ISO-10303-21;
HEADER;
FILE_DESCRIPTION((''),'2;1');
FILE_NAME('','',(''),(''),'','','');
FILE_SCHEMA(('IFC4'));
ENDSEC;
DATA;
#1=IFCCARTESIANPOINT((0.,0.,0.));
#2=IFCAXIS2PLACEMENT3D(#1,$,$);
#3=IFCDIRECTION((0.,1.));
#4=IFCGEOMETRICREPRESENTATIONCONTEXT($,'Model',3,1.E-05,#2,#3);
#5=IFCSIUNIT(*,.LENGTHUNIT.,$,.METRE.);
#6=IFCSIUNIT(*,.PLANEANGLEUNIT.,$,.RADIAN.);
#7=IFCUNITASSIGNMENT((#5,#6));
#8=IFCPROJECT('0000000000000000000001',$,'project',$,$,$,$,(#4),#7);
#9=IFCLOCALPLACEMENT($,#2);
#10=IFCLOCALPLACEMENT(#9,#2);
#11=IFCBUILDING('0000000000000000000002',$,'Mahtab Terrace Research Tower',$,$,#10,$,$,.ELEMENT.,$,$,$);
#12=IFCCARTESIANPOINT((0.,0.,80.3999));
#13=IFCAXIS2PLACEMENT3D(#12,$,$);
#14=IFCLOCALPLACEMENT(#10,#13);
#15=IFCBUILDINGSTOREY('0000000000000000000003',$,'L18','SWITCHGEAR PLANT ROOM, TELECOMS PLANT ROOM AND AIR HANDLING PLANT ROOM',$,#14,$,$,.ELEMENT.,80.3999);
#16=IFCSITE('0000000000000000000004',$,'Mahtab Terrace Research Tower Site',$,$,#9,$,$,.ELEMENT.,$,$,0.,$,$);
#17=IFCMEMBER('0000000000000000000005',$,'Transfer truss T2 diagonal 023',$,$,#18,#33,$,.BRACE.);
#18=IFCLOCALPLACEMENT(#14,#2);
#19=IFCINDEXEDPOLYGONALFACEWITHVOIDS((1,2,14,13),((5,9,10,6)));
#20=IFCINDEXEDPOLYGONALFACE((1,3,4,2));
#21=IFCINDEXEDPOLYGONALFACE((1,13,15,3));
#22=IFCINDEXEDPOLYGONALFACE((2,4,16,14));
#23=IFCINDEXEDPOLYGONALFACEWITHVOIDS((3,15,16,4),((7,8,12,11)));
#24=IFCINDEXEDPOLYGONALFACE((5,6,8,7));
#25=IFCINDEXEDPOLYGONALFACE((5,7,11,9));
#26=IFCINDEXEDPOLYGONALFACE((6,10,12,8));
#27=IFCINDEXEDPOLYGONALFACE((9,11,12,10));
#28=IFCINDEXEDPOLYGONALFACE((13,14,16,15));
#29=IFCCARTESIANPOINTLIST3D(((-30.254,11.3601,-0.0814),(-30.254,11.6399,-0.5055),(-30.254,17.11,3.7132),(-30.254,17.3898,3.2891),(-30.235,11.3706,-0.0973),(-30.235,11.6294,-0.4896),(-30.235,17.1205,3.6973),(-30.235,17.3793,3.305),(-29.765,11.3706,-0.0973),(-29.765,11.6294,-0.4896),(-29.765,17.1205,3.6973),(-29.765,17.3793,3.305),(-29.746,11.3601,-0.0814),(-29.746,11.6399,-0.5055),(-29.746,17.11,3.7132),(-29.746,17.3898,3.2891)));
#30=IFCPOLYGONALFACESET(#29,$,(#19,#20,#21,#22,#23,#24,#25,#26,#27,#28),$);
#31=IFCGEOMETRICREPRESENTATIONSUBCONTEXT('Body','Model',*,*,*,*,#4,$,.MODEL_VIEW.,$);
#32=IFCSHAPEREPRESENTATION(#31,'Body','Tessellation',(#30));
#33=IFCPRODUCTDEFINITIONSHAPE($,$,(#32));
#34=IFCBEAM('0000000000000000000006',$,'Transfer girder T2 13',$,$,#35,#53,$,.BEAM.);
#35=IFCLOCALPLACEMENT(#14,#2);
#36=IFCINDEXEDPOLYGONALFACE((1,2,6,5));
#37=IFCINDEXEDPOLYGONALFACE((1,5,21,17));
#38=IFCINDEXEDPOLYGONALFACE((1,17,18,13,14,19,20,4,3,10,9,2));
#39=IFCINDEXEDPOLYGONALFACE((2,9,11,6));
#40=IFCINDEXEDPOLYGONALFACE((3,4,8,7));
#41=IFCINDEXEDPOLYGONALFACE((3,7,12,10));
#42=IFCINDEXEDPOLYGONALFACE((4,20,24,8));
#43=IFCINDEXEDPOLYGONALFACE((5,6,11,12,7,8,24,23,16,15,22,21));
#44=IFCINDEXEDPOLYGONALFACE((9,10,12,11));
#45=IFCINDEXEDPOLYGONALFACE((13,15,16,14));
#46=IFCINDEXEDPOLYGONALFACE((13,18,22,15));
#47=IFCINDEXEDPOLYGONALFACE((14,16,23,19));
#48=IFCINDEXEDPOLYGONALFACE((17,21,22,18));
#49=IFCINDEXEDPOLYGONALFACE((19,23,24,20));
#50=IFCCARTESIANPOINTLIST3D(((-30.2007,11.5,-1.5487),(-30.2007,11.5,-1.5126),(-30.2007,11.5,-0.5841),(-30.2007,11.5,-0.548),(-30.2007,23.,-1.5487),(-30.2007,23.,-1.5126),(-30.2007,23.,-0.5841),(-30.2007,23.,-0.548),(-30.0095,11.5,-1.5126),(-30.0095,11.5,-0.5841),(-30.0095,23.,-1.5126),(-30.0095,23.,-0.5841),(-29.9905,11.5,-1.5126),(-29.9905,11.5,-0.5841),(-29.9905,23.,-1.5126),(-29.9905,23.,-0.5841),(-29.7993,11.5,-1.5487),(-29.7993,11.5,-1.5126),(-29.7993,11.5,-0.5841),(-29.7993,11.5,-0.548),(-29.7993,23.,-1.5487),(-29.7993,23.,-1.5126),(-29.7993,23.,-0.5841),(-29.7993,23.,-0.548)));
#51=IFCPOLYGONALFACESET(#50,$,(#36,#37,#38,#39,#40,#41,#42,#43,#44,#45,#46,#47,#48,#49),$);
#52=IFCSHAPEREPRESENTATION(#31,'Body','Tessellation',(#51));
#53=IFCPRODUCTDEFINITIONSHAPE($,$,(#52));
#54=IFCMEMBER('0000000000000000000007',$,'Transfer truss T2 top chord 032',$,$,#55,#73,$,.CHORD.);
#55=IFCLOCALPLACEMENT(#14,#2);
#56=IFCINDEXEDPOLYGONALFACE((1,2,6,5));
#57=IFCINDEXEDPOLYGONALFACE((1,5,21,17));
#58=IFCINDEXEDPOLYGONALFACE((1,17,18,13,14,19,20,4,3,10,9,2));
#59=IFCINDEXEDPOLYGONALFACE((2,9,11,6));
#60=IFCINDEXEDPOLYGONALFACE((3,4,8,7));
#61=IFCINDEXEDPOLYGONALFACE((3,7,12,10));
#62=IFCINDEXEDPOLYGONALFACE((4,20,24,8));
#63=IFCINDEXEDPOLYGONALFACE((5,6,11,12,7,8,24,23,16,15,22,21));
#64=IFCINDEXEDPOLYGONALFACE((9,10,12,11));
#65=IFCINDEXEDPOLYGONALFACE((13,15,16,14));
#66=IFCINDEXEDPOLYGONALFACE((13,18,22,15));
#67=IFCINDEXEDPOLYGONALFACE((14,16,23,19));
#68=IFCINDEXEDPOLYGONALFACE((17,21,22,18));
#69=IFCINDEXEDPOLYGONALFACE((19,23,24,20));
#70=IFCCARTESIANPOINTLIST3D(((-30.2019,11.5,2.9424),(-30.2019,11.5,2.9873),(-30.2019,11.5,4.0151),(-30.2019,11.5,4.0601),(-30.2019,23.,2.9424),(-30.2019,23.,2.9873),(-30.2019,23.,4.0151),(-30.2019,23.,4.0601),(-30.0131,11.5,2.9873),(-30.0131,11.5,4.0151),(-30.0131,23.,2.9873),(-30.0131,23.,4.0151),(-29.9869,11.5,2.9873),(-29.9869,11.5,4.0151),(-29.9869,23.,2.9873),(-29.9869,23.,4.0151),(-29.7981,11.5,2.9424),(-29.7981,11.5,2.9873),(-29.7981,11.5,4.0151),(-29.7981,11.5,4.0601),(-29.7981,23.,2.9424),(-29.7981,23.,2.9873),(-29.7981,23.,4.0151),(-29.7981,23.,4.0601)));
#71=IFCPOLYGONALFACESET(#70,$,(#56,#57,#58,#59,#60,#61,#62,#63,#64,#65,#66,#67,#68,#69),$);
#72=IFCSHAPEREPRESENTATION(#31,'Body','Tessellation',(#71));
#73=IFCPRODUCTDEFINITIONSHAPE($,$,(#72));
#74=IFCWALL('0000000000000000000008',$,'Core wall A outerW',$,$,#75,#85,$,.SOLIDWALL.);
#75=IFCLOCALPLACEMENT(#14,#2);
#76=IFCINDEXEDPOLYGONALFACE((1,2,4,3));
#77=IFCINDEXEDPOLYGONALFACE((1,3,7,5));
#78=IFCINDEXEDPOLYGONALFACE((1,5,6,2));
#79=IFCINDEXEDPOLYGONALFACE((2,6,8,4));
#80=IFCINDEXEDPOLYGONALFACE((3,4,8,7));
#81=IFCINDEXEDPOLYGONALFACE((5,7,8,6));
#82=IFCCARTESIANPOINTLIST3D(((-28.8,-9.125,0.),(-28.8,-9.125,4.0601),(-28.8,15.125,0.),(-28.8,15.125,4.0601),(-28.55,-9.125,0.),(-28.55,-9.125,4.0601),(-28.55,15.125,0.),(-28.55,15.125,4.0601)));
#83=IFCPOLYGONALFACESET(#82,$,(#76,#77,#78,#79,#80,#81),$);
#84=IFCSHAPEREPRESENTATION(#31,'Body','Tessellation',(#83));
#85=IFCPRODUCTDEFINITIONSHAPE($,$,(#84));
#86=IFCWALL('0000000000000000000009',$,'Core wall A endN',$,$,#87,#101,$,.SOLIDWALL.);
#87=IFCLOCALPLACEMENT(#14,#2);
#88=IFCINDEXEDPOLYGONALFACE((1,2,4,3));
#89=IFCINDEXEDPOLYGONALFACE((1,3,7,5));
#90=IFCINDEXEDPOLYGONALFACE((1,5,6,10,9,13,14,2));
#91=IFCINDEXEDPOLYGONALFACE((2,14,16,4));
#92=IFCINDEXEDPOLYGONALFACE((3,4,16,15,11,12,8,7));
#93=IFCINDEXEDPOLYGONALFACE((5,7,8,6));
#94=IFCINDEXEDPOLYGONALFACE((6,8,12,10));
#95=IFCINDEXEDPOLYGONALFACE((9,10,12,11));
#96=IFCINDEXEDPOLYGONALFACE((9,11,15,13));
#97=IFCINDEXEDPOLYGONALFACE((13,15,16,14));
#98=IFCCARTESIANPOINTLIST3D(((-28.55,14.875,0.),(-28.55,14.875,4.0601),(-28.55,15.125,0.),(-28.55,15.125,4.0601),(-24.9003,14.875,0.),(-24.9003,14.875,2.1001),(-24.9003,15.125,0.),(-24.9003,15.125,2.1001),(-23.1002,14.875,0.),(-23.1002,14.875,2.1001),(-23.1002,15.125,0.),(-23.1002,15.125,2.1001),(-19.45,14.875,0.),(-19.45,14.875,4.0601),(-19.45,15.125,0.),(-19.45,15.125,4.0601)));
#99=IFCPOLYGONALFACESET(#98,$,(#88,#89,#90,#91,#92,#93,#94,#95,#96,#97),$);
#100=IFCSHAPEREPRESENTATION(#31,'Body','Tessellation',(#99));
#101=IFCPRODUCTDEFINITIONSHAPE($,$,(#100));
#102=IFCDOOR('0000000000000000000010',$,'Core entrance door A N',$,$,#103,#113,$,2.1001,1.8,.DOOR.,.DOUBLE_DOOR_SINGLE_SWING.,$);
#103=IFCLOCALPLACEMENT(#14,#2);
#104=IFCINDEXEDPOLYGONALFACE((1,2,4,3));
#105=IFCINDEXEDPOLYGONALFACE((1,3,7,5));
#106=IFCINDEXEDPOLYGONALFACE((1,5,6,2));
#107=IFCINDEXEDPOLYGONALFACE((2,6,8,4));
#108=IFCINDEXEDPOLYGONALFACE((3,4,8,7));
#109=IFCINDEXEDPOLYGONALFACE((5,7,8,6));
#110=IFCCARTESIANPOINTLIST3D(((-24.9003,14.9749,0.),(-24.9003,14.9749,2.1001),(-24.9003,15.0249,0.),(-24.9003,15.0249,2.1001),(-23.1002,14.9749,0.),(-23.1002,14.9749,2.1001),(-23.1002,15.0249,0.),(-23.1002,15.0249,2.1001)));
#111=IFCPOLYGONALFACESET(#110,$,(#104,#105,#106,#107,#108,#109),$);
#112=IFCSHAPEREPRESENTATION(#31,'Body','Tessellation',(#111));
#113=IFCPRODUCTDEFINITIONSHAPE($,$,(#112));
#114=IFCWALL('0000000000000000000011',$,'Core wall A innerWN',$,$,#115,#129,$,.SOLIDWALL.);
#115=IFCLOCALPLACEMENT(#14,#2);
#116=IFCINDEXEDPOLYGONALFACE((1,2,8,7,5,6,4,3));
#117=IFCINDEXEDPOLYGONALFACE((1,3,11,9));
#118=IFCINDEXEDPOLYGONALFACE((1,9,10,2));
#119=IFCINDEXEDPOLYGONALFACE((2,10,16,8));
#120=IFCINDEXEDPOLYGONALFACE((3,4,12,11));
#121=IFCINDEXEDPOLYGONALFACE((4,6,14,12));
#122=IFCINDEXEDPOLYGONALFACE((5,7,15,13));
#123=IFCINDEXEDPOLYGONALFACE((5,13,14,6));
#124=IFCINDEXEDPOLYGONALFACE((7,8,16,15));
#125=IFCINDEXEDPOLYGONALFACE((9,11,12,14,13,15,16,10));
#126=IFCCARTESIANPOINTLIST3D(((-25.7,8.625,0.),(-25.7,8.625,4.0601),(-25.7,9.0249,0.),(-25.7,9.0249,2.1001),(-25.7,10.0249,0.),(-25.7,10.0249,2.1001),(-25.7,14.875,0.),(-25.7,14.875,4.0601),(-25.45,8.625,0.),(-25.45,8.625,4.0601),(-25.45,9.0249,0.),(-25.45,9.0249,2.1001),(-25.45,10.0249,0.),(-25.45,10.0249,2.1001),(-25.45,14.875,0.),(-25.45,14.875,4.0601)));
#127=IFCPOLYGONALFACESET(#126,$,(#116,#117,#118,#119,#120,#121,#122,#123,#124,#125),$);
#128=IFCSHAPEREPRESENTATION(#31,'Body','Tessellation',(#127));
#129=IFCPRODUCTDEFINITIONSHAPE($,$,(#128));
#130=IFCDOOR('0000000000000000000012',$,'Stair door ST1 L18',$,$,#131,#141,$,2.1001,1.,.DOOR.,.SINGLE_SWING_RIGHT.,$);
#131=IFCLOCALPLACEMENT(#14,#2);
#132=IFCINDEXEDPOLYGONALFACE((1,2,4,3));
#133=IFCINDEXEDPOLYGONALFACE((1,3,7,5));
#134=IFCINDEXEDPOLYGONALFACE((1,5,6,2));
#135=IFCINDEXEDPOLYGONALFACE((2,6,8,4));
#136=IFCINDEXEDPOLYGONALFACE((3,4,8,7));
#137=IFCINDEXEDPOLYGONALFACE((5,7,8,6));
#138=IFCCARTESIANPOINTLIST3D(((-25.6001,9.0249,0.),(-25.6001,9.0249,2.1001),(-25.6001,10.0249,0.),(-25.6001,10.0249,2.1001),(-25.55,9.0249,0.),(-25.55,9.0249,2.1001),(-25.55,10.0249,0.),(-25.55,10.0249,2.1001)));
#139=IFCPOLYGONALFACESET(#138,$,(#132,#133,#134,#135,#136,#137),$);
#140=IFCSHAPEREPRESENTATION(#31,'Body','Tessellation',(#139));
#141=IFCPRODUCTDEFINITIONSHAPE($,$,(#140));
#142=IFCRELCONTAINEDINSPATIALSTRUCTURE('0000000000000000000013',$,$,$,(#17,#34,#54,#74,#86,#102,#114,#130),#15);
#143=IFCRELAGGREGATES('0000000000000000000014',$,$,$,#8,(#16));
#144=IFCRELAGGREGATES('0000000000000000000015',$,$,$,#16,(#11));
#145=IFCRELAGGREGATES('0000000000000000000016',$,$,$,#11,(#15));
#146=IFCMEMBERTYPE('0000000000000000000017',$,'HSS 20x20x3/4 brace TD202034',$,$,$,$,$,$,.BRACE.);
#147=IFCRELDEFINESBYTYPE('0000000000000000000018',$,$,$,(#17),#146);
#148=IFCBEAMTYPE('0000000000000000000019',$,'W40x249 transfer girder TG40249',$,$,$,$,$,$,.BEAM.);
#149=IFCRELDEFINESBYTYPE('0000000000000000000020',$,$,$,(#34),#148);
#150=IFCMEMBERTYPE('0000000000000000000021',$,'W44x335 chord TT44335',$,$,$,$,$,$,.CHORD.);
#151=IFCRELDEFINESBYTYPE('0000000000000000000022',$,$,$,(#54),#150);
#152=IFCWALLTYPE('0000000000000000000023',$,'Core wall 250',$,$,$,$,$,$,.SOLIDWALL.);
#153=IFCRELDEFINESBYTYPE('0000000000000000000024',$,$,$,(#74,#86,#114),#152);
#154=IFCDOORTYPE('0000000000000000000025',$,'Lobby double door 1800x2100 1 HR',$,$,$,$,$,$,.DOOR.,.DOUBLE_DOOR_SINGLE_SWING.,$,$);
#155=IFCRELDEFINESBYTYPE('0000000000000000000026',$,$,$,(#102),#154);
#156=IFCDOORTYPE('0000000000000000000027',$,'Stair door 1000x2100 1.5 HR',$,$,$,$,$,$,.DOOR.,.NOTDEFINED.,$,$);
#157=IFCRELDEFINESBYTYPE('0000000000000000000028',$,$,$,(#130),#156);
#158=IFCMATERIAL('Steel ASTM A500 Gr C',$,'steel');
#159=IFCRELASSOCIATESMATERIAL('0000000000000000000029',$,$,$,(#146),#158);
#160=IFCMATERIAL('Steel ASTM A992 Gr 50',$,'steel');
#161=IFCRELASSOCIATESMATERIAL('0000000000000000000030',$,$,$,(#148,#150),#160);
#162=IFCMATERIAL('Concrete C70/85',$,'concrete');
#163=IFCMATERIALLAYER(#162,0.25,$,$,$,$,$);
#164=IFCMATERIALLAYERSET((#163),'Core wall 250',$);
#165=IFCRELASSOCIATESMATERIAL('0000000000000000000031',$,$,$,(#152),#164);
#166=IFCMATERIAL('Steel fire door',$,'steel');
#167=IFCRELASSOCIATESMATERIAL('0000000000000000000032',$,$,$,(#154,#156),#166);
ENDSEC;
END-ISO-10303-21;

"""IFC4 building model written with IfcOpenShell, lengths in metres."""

from ifc_helpers import new_model, si_unit, direction, frame, frame_2d, origin, origin_2d, place, context, subcontext, project, spatial, rectangle, hollow_rectangle, i_section, extrude, material, layer, layer_set, material_profile, profile_set, type_object, element, fill, save


model = new_model("IFC4")

# Units and contexts
model_context = context("Model", 3, precision=1e-05, world=origin(), true_north=direction((0.0, 1.0)))
body_context = subcontext(model_context, "Body", "Model", "MODEL_VIEW")
ifc_project = project(units=[si_unit("LENGTHUNIT", "METRE"), si_unit("PLANEANGLEUNIT", "RADIAN")], contexts=[model_context])

# Site, building, storey
site_placement = place(None, origin())
site = spatial("IfcSite", under=ifc_project, at=site_placement, Name="Mahtab Terrace Research Tower Site", CompositionType="ELEMENT", RefElevation=0.0)
building_placement = place(site_placement, origin())
building = spatial("IfcBuilding", under=site, at=building_placement, Name="Mahtab Terrace Research Tower", CompositionType="ELEMENT")
storey_placement = place(building_placement, frame((0.0, 0.0, 80.3999)))
storey = spatial("IfcBuildingStorey", under=building, at=storey_placement, Name="L18", Description="SWITCHGEAR PLANT ROOM, TELECOMS PLANT ROOM AND AIR HANDLING PLANT ROOM", CompositionType="ELEMENT", Elevation=80.3999)

# Member
ifc_material_1 = material(Name="Steel ASTM A500 Gr C", Category="steel")
ifc_material_profile_1 = material_profile(ifc_material_1, hollow_rectangle(XDim=0.5081, YDim=0.5081, WallThickness=0.019, at=origin_2d()), Name="HSS20X20X3/4")
ifc_profile_set_1 = profile_set([ifc_material_profile_1], Name="Steel ASTM A500 Gr C")
member_type_1 = type_object("IfcMemberType", Name="HSS 20x20x3/4 brace TD202034", PredefinedType="BRACE", material=ifc_profile_set_1)
member_1_placement = place(storey_placement, frame((-30.0, 11.5, -0.2935), z_axis=(0.0, 0.834631, 0.55081), x_axis=(-1.0, 0.0, 0.0)))
element("IfcMember", 1, at=member_1_placement, inside=storey, type_object=member_type_1, Name="Transfer truss T2 diagonal 023", PredefinedType="BRACE", context=body_context, shape_type="SweptSolid", body=[
    extrude(hollow_rectangle(XDim=0.5081, YDim=0.5081, WallThickness=0.019, at=origin_2d()), origin(), (0.0, 0.0, 1.0), 6.8892),
])

# Beam
ifc_material_2 = material(Name="Steel ASTM A992 Gr 50", Category="steel")
ifc_material_profile_2 = material_profile(ifc_material_2, i_section(OverallWidth=0.4014, OverallDepth=1.0007, WebThickness=0.019, FlangeThickness=0.0361, at=origin_2d()), Name="W40X249")
ifc_profile_set_2 = profile_set([ifc_material_profile_2], Name="Steel ASTM A992 Gr 50")
beam_type = type_object("IfcBeamType", Name="W40x249 transfer girder TG40249", PredefinedType="BEAM", material=ifc_profile_set_2)
beam_placement = place(storey_placement, frame((-30.0, 11.5, -1.0483), z_axis=(0.0, 1.0, 0.0), x_axis=(-1.0, 0.0, 0.0)))
element("IfcBeam", 2, at=beam_placement, inside=storey, type_object=beam_type, Name="Transfer girder T2 13", PredefinedType="BEAM", context=body_context, shape_type="SweptSolid", body=[
    extrude(i_section(OverallWidth=0.4014, OverallDepth=1.0007, WebThickness=0.019, FlangeThickness=0.0361, at=origin_2d()), origin(), (0.0, 0.0, 1.0), 11.5),
])

# Member
ifc_material_profile_3 = material_profile(ifc_material_2, i_section(OverallWidth=0.4038, OverallDepth=1.1177, WebThickness=0.0261, FlangeThickness=0.0449, at=origin_2d()), Name="W44X335")
ifc_profile_set_3 = profile_set([ifc_material_profile_3], Name="Steel ASTM A992 Gr 50")
member_type_2 = type_object("IfcMemberType", Name="W44x335 chord TT44335", PredefinedType="CHORD", material=ifc_profile_set_3)
member_2_placement = place(storey_placement, frame((-30.0, 11.5, 3.5012), z_axis=(0.0, 1.0, 0.0), x_axis=(-1.0, 0.0, 0.0)))
element("IfcMember", 3, at=member_2_placement, inside=storey, type_object=member_type_2, Name="Transfer truss T2 top chord 032", PredefinedType="CHORD", context=body_context, shape_type="SweptSolid", body=[
    extrude(i_section(OverallWidth=0.4038, OverallDepth=1.1177, WebThickness=0.0261, FlangeThickness=0.0449, at=origin_2d()), origin(), (0.0, 0.0, 1.0), 11.5),
])

# Wall
ifc_material_3 = material(Name="Concrete C70/85", Category="concrete")
ifc_layer_1 = layer(ifc_material_3, 0.25)
ifc_layer_set_1 = layer_set([ifc_layer_1], Name="Core wall 250")
wall_type = type_object("IfcWallType", Name="Core wall 250", PredefinedType="SOLIDWALL", material=ifc_layer_set_1)
wall_1_placement = place(storey_placement, frame((-28.675, 15.125, 0.0), z_axis=(0.0, 0.0, 1.0), x_axis=(0.0, -1.0, 0.0)))
element("IfcWall", 4, at=wall_1_placement, inside=storey, type_object=wall_type, Name="Core wall A outerW", PredefinedType="SOLIDWALL", context=body_context, shape_type="SweptSolid", body=[
    extrude(rectangle(XDim=24.25, YDim=0.25, at=frame_2d((12.125, 0.0))), origin(), (0.0, 0.0, 1.0), 4.0601),
])

# Walls, openings, doors
wall_2_placement = place(storey_placement, frame((-28.55, 15.0, 0.0), z_axis=(0.0, 0.0, 1.0), x_axis=(1.0, 0.0, 0.0)))
wall_2 = element("IfcWall", 5, at=wall_2_placement, inside=storey, type_object=wall_type, Name="Core wall A endN", PredefinedType="SOLIDWALL", context=body_context, shape_type="SweptSolid", body=[
    extrude(rectangle(XDim=9.1001, YDim=0.25, at=frame_2d((4.55, 0.0))), origin(), (0.0, 0.0, 1.0), 4.0601),
])
opening_1_placement = place(wall_2_placement, frame((3.6499, 0.0, 0.0)))
opening_1 = element("IfcOpeningElement", 6, at=opening_1_placement, cuts=wall_2, PredefinedType="OPENING", context=body_context, shape_type="SweptSolid", body=[
    extrude(rectangle(XDim=1.8, YDim=2.1001, at=frame_2d((0.8999, 1.05))), frame((0.0, 0.135, 0.0), z_axis=(0.0, -1.0, 0.0), x_axis=(1.0, 0.0, 0.0)), (0.0, 0.0, 1.0), 0.27),
])
ifc_material_4 = material(Name="Steel fire door", Category="steel")
door_type_1 = type_object("IfcDoorType", Name="Lobby double door 1800x2100 1 HR", OperationType="DOUBLE_DOOR_SINGLE_SWING", PredefinedType="DOOR", material=ifc_material_4)
door_1_placement = place(opening_1_placement, origin())
door_1 = element("IfcDoor", 7, at=door_1_placement, inside=storey, type_object=door_type_1, Name="Core entrance door A N", OperationType="DOUBLE_DOOR_SINGLE_SWING", OverallHeight=2.1001, OverallWidth=1.8, PredefinedType="DOOR", context=body_context, shape_type="SweptSolid", body=[
    extrude(rectangle(XDim=1.8, YDim=2.1001, at=frame_2d((0.8999, 1.05))), frame((0.0, 0.0249, 0.0), z_axis=(0.0, -1.0, 0.0), x_axis=(1.0, 0.0, 0.0)), (0.0, 0.0, 1.0), 0.05),
])
fill(opening_1, door_1)
wall_3_placement = place(storey_placement, frame((-25.575, 14.875, 0.0), z_axis=(0.0, 0.0, 1.0), x_axis=(0.0, -1.0, 0.0)))
wall_3 = element("IfcWall", 8, at=wall_3_placement, inside=storey, type_object=wall_type, Name="Core wall A innerWN", PredefinedType="SOLIDWALL", context=body_context, shape_type="SweptSolid", body=[
    extrude(rectangle(XDim=6.25, YDim=0.25, at=frame_2d((3.125, 0.0))), origin(), (0.0, 0.0, 1.0), 4.0601),
])
opening_2_placement = place(wall_3_placement, frame((4.8501, 0.0, 0.0)))
opening_2 = element("IfcOpeningElement", 9, at=opening_2_placement, cuts=wall_3, PredefinedType="OPENING", context=body_context, shape_type="SweptSolid", body=[
    extrude(rectangle(XDim=1.0, YDim=2.1001, at=frame_2d((0.5, 1.05))), frame((0.0, 0.135, 0.0), z_axis=(0.0, -1.0, 0.0), x_axis=(1.0, 0.0, 0.0)), (0.0, 0.0, 1.0), 0.27),
])
door_type_2 = type_object("IfcDoorType", Name="Stair door 1000x2100 1.5 HR", OperationType="NOTDEFINED", PredefinedType="DOOR", material=ifc_material_4)
door_2_placement = place(opening_2_placement, origin())
door_2 = element("IfcDoor", 10, at=door_2_placement, inside=storey, type_object=door_type_2, Name="Stair door ST1 L18", OperationType="SINGLE_SWING_RIGHT", OverallHeight=2.1001, OverallWidth=1.0, PredefinedType="DOOR", context=body_context, shape_type="SweptSolid", body=[
    extrude(rectangle(XDim=1.0, YDim=2.1001, at=frame_2d((0.5, 1.05))), frame((0.0, 0.0249, 0.0), z_axis=(0.0, -1.0, 0.0), x_axis=(1.0, 0.0, 0.0)), (0.0, 0.0, 1.0), 0.05),
])
fill(opening_2, door_2)

save(model, "model.ifc")
